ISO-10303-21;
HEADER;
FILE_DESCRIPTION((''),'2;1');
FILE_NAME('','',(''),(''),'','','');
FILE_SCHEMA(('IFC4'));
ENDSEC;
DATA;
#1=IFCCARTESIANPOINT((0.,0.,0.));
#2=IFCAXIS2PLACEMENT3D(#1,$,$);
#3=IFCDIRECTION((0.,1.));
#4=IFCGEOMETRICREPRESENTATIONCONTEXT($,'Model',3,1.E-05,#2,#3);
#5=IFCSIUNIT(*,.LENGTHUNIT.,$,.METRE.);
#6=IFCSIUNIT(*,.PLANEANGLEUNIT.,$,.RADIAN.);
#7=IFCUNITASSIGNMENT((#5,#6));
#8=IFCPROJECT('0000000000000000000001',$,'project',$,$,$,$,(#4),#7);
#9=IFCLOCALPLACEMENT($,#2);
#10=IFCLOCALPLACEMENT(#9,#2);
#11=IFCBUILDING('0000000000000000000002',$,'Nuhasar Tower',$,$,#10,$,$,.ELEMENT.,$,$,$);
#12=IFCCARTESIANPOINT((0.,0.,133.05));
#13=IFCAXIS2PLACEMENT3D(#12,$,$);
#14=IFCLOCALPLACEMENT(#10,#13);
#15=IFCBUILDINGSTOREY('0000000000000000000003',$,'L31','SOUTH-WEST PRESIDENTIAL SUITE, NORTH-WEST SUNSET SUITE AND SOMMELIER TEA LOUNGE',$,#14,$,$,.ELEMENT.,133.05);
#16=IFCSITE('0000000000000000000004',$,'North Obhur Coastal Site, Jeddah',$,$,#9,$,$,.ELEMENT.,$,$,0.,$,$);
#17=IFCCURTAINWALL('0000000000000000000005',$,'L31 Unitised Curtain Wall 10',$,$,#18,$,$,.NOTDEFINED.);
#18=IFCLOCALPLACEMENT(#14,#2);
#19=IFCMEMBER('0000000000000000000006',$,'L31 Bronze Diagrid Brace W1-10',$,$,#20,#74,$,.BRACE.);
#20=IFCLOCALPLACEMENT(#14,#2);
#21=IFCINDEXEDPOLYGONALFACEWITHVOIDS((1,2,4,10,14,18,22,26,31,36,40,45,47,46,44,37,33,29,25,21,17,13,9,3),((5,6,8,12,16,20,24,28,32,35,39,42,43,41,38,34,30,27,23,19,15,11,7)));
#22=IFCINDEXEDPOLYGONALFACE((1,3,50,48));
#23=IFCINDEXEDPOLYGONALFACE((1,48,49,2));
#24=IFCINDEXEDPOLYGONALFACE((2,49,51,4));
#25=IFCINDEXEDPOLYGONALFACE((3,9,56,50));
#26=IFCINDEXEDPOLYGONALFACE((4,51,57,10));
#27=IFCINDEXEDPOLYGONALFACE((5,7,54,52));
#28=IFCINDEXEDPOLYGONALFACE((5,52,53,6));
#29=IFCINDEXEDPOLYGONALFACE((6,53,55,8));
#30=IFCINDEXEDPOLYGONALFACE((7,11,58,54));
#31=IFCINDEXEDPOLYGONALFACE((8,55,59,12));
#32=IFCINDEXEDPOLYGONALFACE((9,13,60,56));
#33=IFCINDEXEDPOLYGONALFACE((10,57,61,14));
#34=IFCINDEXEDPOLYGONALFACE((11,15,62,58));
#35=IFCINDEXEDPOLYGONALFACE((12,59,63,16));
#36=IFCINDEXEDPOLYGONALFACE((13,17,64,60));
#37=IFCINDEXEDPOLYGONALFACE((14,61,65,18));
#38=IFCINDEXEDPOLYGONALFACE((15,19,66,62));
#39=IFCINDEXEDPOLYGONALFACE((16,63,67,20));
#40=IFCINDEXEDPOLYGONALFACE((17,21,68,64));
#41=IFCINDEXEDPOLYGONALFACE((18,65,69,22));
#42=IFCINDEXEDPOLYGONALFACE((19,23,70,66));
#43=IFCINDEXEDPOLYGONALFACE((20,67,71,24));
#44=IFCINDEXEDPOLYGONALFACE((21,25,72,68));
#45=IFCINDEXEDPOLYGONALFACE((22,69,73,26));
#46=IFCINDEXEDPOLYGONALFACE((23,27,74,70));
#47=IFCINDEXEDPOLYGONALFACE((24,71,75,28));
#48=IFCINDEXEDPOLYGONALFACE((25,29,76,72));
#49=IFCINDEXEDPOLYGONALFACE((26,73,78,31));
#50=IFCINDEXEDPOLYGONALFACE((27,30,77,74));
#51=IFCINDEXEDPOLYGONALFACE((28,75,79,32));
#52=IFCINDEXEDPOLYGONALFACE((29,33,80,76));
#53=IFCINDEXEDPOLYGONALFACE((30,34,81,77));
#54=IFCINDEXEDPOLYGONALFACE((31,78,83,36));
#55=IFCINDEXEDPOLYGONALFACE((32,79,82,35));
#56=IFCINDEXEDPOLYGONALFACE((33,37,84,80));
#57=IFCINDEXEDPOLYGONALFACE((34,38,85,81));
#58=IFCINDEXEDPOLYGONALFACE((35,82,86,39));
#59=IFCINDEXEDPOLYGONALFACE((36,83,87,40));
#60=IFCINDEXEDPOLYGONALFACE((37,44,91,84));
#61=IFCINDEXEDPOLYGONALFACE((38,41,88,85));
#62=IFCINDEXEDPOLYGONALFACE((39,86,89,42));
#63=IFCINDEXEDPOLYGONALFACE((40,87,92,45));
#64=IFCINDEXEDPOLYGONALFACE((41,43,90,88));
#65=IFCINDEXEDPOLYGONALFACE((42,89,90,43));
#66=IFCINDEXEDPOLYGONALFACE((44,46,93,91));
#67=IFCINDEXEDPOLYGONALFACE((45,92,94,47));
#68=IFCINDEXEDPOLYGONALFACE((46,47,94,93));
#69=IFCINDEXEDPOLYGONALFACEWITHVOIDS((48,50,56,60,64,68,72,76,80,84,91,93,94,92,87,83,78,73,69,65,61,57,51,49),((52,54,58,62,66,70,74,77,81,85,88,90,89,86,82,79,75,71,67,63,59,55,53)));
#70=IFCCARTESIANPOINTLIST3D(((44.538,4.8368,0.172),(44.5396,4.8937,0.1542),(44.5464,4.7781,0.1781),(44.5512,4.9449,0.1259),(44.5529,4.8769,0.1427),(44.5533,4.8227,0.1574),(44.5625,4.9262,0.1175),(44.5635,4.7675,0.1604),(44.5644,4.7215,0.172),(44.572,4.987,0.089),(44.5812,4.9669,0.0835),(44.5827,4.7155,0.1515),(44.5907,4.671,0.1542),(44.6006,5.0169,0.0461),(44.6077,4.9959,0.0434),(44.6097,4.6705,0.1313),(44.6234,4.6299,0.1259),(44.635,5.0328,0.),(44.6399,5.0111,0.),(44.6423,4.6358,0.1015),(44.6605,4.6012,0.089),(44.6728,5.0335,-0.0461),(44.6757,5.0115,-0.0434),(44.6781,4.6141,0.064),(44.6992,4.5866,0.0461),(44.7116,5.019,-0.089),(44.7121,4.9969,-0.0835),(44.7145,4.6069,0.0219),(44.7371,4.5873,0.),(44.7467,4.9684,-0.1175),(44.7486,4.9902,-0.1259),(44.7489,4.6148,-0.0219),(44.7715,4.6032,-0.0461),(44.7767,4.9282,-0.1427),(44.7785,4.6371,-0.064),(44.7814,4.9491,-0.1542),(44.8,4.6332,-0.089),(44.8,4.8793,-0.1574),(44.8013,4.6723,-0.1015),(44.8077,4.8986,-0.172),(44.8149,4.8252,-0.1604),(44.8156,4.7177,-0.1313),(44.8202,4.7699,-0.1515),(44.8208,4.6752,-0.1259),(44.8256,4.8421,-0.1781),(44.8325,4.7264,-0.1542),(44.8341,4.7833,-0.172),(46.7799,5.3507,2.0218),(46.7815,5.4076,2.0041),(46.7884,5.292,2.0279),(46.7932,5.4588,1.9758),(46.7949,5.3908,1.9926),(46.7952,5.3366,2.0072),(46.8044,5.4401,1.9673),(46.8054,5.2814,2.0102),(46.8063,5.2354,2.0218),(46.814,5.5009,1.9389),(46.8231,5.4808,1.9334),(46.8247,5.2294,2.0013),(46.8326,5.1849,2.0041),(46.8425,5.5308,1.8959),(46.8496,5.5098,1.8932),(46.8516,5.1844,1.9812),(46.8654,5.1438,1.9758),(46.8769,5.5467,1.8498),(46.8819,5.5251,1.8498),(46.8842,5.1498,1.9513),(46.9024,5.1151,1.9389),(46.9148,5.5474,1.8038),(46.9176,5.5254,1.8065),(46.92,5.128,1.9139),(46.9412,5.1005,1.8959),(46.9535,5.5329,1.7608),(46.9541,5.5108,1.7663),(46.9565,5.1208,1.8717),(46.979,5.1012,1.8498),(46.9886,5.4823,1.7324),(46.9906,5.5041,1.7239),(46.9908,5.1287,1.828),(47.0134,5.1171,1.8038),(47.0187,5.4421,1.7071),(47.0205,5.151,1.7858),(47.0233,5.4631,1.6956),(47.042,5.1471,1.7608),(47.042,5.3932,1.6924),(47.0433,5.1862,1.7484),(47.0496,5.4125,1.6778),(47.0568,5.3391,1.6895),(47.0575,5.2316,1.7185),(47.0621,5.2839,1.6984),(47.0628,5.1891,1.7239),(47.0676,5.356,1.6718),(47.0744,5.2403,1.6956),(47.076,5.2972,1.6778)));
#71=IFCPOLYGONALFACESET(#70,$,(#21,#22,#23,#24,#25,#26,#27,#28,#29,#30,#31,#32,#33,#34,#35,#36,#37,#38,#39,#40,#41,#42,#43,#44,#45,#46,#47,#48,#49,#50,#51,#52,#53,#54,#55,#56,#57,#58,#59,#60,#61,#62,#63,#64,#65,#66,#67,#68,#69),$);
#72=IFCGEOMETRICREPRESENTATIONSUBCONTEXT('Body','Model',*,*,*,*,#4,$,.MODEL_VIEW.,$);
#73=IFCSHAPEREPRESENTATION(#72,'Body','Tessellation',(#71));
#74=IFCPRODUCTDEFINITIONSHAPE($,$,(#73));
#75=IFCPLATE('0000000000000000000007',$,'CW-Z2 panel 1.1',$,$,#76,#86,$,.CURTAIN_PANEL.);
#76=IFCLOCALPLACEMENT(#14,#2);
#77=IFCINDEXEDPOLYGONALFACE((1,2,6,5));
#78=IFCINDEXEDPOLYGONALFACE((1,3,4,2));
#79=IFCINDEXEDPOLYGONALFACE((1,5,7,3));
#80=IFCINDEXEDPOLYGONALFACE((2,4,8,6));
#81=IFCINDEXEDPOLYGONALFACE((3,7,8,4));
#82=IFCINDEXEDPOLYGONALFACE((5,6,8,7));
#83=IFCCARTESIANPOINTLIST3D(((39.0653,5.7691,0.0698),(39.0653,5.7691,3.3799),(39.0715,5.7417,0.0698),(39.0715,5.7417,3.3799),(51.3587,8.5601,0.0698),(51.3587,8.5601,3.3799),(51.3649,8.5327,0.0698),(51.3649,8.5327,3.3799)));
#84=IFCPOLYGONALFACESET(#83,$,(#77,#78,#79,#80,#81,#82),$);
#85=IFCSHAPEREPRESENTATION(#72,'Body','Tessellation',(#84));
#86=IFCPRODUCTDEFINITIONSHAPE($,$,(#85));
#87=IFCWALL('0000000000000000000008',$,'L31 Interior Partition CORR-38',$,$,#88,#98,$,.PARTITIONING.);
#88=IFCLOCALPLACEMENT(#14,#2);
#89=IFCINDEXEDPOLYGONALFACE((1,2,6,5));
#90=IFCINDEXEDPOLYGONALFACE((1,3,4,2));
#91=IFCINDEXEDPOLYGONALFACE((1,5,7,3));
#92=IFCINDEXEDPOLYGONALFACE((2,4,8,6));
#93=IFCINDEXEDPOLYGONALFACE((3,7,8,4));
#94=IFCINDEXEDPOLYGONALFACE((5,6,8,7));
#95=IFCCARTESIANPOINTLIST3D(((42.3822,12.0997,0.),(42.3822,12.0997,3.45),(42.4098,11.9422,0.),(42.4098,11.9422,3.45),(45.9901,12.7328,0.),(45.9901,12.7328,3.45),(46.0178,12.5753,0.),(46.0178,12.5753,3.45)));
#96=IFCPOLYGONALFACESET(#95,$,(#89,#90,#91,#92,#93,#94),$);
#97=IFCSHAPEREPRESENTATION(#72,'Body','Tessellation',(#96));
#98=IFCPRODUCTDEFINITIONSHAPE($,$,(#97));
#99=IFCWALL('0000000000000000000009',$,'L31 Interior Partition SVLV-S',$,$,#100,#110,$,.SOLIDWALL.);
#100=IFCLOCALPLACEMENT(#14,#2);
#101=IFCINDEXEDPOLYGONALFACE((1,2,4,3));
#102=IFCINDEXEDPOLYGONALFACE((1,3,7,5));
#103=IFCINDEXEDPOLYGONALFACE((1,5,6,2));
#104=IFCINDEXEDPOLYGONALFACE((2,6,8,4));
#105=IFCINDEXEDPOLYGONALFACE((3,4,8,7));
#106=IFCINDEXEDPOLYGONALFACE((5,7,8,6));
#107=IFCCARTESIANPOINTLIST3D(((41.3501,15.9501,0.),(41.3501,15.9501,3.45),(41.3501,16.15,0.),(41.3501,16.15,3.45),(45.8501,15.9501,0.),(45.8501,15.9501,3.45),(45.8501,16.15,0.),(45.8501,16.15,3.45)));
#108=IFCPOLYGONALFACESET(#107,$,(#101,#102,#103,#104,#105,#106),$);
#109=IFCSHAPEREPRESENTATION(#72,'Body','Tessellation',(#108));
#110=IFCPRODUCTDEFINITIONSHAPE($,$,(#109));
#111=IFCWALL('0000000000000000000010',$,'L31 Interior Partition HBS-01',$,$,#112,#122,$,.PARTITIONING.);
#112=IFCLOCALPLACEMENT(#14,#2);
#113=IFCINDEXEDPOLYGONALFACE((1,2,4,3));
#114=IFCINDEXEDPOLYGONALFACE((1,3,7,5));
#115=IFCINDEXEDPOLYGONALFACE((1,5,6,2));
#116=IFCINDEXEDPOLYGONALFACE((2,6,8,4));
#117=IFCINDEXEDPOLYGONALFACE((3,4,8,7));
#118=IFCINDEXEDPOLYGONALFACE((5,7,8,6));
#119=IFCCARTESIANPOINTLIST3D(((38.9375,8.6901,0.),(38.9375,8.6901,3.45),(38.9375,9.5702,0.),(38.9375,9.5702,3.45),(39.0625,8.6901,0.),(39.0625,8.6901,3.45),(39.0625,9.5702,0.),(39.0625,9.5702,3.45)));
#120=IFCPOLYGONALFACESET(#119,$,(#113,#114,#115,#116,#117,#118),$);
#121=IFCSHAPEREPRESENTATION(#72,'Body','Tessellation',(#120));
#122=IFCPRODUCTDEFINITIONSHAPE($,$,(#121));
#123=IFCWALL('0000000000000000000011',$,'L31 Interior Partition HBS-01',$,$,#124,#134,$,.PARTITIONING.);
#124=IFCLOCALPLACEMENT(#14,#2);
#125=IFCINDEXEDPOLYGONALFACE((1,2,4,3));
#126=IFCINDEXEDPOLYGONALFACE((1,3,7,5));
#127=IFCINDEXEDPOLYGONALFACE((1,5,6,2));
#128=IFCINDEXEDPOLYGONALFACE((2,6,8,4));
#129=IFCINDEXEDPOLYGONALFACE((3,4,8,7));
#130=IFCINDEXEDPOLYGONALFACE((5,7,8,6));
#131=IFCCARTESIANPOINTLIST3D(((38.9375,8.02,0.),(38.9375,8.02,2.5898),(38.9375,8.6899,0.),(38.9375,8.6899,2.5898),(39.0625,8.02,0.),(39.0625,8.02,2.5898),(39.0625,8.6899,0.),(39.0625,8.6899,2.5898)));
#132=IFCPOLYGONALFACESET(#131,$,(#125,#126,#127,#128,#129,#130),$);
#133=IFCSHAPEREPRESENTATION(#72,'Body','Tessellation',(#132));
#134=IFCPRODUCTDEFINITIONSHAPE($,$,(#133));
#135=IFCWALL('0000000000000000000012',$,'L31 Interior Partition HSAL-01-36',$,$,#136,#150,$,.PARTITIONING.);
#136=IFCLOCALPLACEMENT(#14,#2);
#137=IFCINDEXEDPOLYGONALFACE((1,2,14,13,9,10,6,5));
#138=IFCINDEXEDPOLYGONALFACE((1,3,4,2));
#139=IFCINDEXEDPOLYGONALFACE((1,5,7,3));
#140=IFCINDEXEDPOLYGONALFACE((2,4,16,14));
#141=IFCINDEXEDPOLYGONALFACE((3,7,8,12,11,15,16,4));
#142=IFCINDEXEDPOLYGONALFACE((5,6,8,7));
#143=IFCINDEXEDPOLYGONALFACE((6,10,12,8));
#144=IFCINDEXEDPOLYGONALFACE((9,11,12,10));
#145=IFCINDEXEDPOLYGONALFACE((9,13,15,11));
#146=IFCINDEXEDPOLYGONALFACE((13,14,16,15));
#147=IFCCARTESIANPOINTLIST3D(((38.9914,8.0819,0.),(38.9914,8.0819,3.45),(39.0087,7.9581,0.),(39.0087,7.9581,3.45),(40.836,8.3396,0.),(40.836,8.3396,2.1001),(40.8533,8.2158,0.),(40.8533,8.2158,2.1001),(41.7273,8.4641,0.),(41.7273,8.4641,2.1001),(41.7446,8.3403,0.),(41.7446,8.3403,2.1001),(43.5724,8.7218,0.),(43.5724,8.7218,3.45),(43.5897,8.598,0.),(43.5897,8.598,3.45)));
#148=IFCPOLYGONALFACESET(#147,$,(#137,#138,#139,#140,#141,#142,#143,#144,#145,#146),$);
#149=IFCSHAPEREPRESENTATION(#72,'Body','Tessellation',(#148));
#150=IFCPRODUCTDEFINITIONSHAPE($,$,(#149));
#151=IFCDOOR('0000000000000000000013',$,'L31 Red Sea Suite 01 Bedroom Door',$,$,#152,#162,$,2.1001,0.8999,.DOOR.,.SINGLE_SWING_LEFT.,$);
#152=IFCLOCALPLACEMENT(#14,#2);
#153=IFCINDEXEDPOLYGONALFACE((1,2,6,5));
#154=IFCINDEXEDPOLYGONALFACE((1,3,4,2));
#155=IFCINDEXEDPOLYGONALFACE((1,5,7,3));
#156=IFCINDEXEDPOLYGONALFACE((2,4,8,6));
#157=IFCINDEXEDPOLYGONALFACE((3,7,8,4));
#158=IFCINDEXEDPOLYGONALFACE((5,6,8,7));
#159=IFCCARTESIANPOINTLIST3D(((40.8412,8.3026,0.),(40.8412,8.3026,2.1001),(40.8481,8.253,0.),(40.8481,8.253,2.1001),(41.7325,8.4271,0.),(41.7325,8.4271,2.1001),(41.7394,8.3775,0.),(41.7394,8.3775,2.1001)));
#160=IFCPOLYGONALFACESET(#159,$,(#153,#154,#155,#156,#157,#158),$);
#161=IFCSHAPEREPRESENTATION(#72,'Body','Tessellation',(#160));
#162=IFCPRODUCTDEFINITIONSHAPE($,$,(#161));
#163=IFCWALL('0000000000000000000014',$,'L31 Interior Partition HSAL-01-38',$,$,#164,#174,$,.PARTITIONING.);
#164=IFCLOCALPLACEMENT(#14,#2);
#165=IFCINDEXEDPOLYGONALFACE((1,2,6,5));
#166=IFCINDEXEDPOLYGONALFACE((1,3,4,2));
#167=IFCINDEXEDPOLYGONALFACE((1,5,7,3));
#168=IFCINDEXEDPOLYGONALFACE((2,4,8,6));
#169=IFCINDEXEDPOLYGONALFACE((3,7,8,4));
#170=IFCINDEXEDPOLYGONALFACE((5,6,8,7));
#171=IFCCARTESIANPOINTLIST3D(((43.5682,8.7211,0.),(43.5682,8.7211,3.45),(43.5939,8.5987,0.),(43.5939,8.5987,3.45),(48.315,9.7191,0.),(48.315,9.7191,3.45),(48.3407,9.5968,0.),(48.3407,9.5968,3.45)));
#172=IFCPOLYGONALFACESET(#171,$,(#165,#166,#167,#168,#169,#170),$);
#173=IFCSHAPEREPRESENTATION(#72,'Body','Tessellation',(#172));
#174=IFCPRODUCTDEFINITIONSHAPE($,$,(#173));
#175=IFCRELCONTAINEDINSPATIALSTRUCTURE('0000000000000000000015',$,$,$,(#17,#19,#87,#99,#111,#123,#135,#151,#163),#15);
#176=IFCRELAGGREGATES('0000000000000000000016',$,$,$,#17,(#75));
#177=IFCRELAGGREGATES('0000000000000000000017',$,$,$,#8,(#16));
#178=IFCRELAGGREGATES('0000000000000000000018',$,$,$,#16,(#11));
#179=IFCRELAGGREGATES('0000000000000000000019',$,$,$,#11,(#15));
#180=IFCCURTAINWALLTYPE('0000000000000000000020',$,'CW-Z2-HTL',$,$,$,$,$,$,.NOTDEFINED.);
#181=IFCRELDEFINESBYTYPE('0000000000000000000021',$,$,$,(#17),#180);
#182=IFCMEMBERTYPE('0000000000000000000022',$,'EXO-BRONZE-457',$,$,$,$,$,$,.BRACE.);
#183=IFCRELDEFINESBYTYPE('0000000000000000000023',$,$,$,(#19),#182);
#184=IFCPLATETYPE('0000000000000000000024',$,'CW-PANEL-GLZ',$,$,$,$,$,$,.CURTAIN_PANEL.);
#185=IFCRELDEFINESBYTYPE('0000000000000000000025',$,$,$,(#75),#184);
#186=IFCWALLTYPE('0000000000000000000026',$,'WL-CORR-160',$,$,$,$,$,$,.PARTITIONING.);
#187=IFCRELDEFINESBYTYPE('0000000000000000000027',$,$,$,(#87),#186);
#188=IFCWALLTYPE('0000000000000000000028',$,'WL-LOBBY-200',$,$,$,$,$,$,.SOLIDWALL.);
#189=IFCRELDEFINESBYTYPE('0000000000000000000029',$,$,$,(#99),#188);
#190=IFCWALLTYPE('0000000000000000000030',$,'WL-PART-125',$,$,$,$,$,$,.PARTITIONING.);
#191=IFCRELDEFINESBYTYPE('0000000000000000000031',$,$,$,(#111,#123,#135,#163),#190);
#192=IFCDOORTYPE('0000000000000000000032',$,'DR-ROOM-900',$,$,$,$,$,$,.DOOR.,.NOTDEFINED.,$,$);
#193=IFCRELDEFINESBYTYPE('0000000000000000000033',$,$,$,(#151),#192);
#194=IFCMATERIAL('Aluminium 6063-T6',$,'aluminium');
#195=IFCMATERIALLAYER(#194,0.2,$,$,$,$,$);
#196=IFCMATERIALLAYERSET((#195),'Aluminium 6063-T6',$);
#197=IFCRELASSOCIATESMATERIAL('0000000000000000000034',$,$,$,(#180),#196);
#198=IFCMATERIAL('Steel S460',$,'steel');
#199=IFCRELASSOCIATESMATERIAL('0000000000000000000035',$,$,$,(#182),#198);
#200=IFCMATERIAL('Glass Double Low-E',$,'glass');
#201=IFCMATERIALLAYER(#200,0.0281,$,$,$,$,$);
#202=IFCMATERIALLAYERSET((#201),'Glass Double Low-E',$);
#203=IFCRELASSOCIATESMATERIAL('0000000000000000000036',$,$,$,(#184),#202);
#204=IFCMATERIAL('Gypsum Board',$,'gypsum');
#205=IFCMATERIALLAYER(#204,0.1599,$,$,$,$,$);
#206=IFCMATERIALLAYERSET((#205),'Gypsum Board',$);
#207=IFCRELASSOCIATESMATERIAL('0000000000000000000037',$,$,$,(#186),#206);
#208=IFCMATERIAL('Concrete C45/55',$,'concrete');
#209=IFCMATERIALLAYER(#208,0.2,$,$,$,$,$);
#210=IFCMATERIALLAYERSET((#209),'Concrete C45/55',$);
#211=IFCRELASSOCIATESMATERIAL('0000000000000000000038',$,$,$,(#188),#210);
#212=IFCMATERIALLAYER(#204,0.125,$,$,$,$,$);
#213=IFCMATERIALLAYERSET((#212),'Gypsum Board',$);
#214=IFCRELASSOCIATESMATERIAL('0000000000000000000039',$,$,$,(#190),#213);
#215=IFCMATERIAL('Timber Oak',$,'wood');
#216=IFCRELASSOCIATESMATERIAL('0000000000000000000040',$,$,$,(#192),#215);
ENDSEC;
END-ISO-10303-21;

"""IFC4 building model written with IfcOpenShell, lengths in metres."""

from ifc_helpers import new_model, si_unit, direction, frame, frame_2d, origin, origin_2d, place, context, subcontext, project, spatial, rectangle, hollow_circle, extrude, material, layer, layer_set, material_profile, profile_set, type_object, element, fill, aggregate, save


model = new_model("IFC4")

# Units and contexts
model_context = context("Model", 3, precision=1e-05, world=origin(), true_north=direction((0.0, 1.0)))
body_context = subcontext(model_context, "Body", "Model", "MODEL_VIEW")
ifc_project = project(units=[si_unit("LENGTHUNIT", "METRE"), si_unit("PLANEANGLEUNIT", "RADIAN")], contexts=[model_context])

# Site, building, storey
site_placement = place(None, origin())
site = spatial("IfcSite", under=ifc_project, at=site_placement, Name="North Obhur Coastal Site, Jeddah", CompositionType="ELEMENT", RefElevation=0.0)
building_placement = place(site_placement, origin())
building = spatial("IfcBuilding", under=site, at=building_placement, Name="Nuhasar Tower", CompositionType="ELEMENT")
storey_placement = place(building_placement, frame((0.0, 0.0, 133.05)))
storey = spatial("IfcBuildingStorey", under=building, at=storey_placement, Name="L31", Description="SOUTH-WEST PRESIDENTIAL SUITE, NORTH-WEST SUNSET SUITE AND SOMMELIER TEA LOUNGE", CompositionType="ELEMENT", Elevation=133.05)

# Curtain wall
ifc_material_1 = material(Name="Aluminium 6063-T6", Category="aluminium")
ifc_layer_1 = layer(ifc_material_1, 0.2)
ifc_layer_set_1 = layer_set([ifc_layer_1], Name="Aluminium 6063-T6")
curtain_wall_type = type_object("IfcCurtainWallType", Name="CW-Z2-HTL", PredefinedType="NOTDEFINED", material=ifc_layer_set_1)
curtain_wall_placement = place(storey_placement, origin())
curtain_wall = element("IfcCurtainWall", 1, at=curtain_wall_placement, inside=storey, type_object=curtain_wall_type, Name="L31 Unitised Curtain Wall 10", PredefinedType="NOTDEFINED")

# Member
ifc_material_2 = material(Name="Steel S460", Category="steel")
ifc_material_profile_1 = material_profile(ifc_material_2, hollow_circle(Radius=0.2285, WallThickness=0.0222, at=origin_2d()), Name="HSS457X22.2")
ifc_profile_set_1 = profile_set([ifc_material_profile_1], Name="Steel S460")
member_type_1 = type_object("IfcMemberType", Name="EXO-BRONZE-457", PredefinedType="BRACE", material=ifc_profile_set_1)
member_1_placement = place(storey_placement, frame((44.686, 4.8101, 0.0), z_axis=(0.75955, 0.17411, 0.626713), x_axis=(-0.223433, 0.974719, 0.0)))
element("IfcMember", 2, at=member_1_placement, inside=storey, type_object=member_type_1, Name="L31 Bronze Diagrid Brace W1-10", PredefinedType="BRACE", context=body_context, shape_type="SweptSolid", body=[
    extrude(hollow_circle(Radius=0.2285, WallThickness=0.0222, at=origin_2d()), origin(), (0.0, 0.0, 1.0), 2.9517),
])

# Plate
ifc_material_3 = material(Name="Glass Double Low-E", Category="glass")
ifc_layer_2 = layer(ifc_material_3, 0.0281)
ifc_layer_set_2 = layer_set([ifc_layer_2], Name="Glass Double Low-E")
plate_type = type_object("IfcPlateType", Name="CW-PANEL-GLZ", PredefinedType="CURTAIN_PANEL", material=ifc_layer_set_2)
plate_placement = place(storey_placement, frame((45.2151, 7.1509, 0.0698), z_axis=(0.0, 0.0, 1.0), x_axis=(0.975184, 0.221397, 0.0)))
plate = element("IfcPlate", 3, at=plate_placement, type_object=plate_type, Name="CW-Z2 panel 1.1", PredefinedType="CURTAIN_PANEL", context=body_context, shape_type="SweptSolid", body=[
    extrude(rectangle(XDim=12.6062, YDim=0.0281, at=origin_2d()), origin(), (0.0, 0.0, 1.0), 3.3101),
])
aggregate(curtain_wall, [plate])

# Shared definitions
ifc_material_4 = material(Name="Gypsum Board", Category="gypsum")
ifc_layer_3 = layer(ifc_material_4, 0.1599)
ifc_layer_set_3 = layer_set([ifc_layer_3], Name="Gypsum Board")
wall_type_1 = type_object("IfcWallType", Name="WL-CORR-160", PredefinedType="PARTITIONING", material=ifc_layer_set_3)
ifc_material_5 = material(Name="Timber Oak", Category="wood")

# Wall
wall_1_placement = place(storey_placement, frame((42.396, 12.021, 0.0), z_axis=(0.0, 0.0, 1.0), x_axis=(0.984953, 0.172823, 0.0)))
element("IfcWall", 4, at=wall_1_placement, inside=storey, type_object=wall_type_1, Name="L31 Interior Partition CORR-38", PredefinedType="PARTITIONING", context=body_context, shape_type="SweptSolid", body=[
    extrude(rectangle(XDim=3.6631, YDim=0.1599, at=frame_2d((1.8315, 0.0))), origin(), (0.0, 0.0, 1.0), 3.45),
])

# Shared definitions
ifc_material_6 = material(Name="Concrete C45/55", Category="concrete")
ifc_layer_4 = layer(ifc_material_6, 0.2)
ifc_layer_set_4 = layer_set([ifc_layer_4], Name="Concrete C45/55")
wall_type_2 = type_object("IfcWallType", Name="WL-LOBBY-200", PredefinedType="SOLIDWALL", material=ifc_layer_set_4)

# Walls
wall_2_placement = place(storey_placement, frame((41.3501, 16.05, 0.0), z_axis=(0.0, 0.0, 1.0), x_axis=(1.0, 0.0, 0.0)))
element("IfcWall", 5, at=wall_2_placement, inside=storey, type_object=wall_type_2, Name="L31 Interior Partition SVLV-S", PredefinedType="SOLIDWALL", context=body_context, shape_type="SweptSolid", body=[
    extrude(rectangle(XDim=4.5, YDim=0.2, at=frame_2d((2.25, 0.0))), origin(), (0.0, 0.0, 1.0), 3.45),
])
ifc_layer_5 = layer(ifc_material_4, 0.125)
ifc_layer_set_5 = layer_set([ifc_layer_5], Name="Gypsum Board")
wall_type_3 = type_object("IfcWallType", Name="WL-PART-125", PredefinedType="PARTITIONING", material=ifc_layer_set_5)
wall_3_placement = place(storey_placement, frame((39.0, 9.5701, 0.0), z_axis=(0.0, 0.0, 1.0), x_axis=(0.0, -1.0, 0.0)))
element("IfcWall", 6, at=wall_3_placement, inside=storey, type_object=wall_type_3, Name="L31 Interior Partition HBS-01", PredefinedType="PARTITIONING", context=body_context, shape_type="SweptSolid", body=[
    extrude(rectangle(XDim=0.8801, YDim=0.125, at=frame_2d((0.4399, 0.0))), origin(), (0.0, 0.0, 1.0), 3.45),
])
wall_4_placement = place(storey_placement, frame((39.0, 8.6899, 0.0), z_axis=(0.0, 0.0, 1.0), x_axis=(0.0, -1.0, 0.0)))
element("IfcWall", 7, at=wall_4_placement, inside=storey, type_object=wall_type_3, Name="L31 Interior Partition HBS-01", PredefinedType="PARTITIONING", context=body_context, shape_type="SweptSolid", body=[
    extrude(rectangle(XDim=0.6699, YDim=0.125, at=frame_2d((0.335, 0.0))), origin(), (0.0, 0.0, 1.0), 2.5898),
])

# Wall, opening, door
wall_5_placement = place(storey_placement, frame((43.5811, 8.6599, 0.0), z_axis=(0.0, 0.0, 1.0), x_axis=(-0.990385, -0.138339, 0.0)))
wall_5 = element("IfcWall", 8, at=wall_5_placement, inside=storey, type_object=wall_type_3, Name="L31 Interior Partition HSAL-01-36", PredefinedType="PARTITIONING", context=body_context, shape_type="SweptSolid", body=[
    extrude(rectangle(XDim=4.6255, YDim=0.125, at=frame_2d((2.3127, 0.0))), origin(), (0.0, 0.0, 1.0), 3.45),
])
opening_1_placement = place(wall_5_placement, frame((1.863, 0.0, 0.0)))
opening_1 = element("IfcOpeningElement", 9, at=opening_1_placement, cuts=wall_5, PredefinedType="OPENING", context=body_context, shape_type="SweptSolid", body=[
    extrude(rectangle(XDim=0.8999, YDim=2.1001, at=frame_2d((0.45, 1.05))), frame((0.0, 0.0725, 0.0), z_axis=(0.0, -1.0, 0.0), x_axis=(1.0, 0.0, 0.0)), (0.0, 0.0, 1.0), 0.145),
])
door_type_1 = type_object("IfcDoorType", Name="DR-ROOM-900", OperationType="NOTDEFINED", PredefinedType="DOOR", material=ifc_material_5)
door_1_placement = place(opening_1_placement, origin())
door_1 = element("IfcDoor", 10, at=door_1_placement, inside=storey, type_object=door_type_1, Name="L31 Red Sea Suite 01 Bedroom Door", OperationType="SINGLE_SWING_LEFT", OverallHeight=2.1001, OverallWidth=0.8999, PredefinedType="DOOR", context=body_context, shape_type="SweptSolid", body=[
    extrude(rectangle(XDim=0.8999, YDim=2.1001, at=frame_2d((0.45, 1.05))), frame((0.0, 0.0249, 0.0), z_axis=(0.0, -1.0, 0.0), x_axis=(1.0, 0.0, 0.0)), (0.0, 0.0, 1.0), 0.05),
])
fill(opening_1, door_1)

# Wall
wall_6_placement = place(storey_placement, frame((43.5811, 8.6599, 0.0), z_axis=(0.0, 0.0, 1.0), x_axis=(0.978603, 0.205757, 0.0)))
element("IfcWall", 11, at=wall_6_placement, inside=storey, type_object=wall_type_3, Name="L31 Interior Partition HSAL-01-38", PredefinedType="PARTITIONING", context=body_context, shape_type="SweptSolid", body=[
    extrude(rectangle(XDim=4.8506, YDim=0.125, at=frame_2d((2.4253, 0.0))), origin(), (0.0, 0.0, 1.0), 3.45),
])

save(model, "model.ifc")
